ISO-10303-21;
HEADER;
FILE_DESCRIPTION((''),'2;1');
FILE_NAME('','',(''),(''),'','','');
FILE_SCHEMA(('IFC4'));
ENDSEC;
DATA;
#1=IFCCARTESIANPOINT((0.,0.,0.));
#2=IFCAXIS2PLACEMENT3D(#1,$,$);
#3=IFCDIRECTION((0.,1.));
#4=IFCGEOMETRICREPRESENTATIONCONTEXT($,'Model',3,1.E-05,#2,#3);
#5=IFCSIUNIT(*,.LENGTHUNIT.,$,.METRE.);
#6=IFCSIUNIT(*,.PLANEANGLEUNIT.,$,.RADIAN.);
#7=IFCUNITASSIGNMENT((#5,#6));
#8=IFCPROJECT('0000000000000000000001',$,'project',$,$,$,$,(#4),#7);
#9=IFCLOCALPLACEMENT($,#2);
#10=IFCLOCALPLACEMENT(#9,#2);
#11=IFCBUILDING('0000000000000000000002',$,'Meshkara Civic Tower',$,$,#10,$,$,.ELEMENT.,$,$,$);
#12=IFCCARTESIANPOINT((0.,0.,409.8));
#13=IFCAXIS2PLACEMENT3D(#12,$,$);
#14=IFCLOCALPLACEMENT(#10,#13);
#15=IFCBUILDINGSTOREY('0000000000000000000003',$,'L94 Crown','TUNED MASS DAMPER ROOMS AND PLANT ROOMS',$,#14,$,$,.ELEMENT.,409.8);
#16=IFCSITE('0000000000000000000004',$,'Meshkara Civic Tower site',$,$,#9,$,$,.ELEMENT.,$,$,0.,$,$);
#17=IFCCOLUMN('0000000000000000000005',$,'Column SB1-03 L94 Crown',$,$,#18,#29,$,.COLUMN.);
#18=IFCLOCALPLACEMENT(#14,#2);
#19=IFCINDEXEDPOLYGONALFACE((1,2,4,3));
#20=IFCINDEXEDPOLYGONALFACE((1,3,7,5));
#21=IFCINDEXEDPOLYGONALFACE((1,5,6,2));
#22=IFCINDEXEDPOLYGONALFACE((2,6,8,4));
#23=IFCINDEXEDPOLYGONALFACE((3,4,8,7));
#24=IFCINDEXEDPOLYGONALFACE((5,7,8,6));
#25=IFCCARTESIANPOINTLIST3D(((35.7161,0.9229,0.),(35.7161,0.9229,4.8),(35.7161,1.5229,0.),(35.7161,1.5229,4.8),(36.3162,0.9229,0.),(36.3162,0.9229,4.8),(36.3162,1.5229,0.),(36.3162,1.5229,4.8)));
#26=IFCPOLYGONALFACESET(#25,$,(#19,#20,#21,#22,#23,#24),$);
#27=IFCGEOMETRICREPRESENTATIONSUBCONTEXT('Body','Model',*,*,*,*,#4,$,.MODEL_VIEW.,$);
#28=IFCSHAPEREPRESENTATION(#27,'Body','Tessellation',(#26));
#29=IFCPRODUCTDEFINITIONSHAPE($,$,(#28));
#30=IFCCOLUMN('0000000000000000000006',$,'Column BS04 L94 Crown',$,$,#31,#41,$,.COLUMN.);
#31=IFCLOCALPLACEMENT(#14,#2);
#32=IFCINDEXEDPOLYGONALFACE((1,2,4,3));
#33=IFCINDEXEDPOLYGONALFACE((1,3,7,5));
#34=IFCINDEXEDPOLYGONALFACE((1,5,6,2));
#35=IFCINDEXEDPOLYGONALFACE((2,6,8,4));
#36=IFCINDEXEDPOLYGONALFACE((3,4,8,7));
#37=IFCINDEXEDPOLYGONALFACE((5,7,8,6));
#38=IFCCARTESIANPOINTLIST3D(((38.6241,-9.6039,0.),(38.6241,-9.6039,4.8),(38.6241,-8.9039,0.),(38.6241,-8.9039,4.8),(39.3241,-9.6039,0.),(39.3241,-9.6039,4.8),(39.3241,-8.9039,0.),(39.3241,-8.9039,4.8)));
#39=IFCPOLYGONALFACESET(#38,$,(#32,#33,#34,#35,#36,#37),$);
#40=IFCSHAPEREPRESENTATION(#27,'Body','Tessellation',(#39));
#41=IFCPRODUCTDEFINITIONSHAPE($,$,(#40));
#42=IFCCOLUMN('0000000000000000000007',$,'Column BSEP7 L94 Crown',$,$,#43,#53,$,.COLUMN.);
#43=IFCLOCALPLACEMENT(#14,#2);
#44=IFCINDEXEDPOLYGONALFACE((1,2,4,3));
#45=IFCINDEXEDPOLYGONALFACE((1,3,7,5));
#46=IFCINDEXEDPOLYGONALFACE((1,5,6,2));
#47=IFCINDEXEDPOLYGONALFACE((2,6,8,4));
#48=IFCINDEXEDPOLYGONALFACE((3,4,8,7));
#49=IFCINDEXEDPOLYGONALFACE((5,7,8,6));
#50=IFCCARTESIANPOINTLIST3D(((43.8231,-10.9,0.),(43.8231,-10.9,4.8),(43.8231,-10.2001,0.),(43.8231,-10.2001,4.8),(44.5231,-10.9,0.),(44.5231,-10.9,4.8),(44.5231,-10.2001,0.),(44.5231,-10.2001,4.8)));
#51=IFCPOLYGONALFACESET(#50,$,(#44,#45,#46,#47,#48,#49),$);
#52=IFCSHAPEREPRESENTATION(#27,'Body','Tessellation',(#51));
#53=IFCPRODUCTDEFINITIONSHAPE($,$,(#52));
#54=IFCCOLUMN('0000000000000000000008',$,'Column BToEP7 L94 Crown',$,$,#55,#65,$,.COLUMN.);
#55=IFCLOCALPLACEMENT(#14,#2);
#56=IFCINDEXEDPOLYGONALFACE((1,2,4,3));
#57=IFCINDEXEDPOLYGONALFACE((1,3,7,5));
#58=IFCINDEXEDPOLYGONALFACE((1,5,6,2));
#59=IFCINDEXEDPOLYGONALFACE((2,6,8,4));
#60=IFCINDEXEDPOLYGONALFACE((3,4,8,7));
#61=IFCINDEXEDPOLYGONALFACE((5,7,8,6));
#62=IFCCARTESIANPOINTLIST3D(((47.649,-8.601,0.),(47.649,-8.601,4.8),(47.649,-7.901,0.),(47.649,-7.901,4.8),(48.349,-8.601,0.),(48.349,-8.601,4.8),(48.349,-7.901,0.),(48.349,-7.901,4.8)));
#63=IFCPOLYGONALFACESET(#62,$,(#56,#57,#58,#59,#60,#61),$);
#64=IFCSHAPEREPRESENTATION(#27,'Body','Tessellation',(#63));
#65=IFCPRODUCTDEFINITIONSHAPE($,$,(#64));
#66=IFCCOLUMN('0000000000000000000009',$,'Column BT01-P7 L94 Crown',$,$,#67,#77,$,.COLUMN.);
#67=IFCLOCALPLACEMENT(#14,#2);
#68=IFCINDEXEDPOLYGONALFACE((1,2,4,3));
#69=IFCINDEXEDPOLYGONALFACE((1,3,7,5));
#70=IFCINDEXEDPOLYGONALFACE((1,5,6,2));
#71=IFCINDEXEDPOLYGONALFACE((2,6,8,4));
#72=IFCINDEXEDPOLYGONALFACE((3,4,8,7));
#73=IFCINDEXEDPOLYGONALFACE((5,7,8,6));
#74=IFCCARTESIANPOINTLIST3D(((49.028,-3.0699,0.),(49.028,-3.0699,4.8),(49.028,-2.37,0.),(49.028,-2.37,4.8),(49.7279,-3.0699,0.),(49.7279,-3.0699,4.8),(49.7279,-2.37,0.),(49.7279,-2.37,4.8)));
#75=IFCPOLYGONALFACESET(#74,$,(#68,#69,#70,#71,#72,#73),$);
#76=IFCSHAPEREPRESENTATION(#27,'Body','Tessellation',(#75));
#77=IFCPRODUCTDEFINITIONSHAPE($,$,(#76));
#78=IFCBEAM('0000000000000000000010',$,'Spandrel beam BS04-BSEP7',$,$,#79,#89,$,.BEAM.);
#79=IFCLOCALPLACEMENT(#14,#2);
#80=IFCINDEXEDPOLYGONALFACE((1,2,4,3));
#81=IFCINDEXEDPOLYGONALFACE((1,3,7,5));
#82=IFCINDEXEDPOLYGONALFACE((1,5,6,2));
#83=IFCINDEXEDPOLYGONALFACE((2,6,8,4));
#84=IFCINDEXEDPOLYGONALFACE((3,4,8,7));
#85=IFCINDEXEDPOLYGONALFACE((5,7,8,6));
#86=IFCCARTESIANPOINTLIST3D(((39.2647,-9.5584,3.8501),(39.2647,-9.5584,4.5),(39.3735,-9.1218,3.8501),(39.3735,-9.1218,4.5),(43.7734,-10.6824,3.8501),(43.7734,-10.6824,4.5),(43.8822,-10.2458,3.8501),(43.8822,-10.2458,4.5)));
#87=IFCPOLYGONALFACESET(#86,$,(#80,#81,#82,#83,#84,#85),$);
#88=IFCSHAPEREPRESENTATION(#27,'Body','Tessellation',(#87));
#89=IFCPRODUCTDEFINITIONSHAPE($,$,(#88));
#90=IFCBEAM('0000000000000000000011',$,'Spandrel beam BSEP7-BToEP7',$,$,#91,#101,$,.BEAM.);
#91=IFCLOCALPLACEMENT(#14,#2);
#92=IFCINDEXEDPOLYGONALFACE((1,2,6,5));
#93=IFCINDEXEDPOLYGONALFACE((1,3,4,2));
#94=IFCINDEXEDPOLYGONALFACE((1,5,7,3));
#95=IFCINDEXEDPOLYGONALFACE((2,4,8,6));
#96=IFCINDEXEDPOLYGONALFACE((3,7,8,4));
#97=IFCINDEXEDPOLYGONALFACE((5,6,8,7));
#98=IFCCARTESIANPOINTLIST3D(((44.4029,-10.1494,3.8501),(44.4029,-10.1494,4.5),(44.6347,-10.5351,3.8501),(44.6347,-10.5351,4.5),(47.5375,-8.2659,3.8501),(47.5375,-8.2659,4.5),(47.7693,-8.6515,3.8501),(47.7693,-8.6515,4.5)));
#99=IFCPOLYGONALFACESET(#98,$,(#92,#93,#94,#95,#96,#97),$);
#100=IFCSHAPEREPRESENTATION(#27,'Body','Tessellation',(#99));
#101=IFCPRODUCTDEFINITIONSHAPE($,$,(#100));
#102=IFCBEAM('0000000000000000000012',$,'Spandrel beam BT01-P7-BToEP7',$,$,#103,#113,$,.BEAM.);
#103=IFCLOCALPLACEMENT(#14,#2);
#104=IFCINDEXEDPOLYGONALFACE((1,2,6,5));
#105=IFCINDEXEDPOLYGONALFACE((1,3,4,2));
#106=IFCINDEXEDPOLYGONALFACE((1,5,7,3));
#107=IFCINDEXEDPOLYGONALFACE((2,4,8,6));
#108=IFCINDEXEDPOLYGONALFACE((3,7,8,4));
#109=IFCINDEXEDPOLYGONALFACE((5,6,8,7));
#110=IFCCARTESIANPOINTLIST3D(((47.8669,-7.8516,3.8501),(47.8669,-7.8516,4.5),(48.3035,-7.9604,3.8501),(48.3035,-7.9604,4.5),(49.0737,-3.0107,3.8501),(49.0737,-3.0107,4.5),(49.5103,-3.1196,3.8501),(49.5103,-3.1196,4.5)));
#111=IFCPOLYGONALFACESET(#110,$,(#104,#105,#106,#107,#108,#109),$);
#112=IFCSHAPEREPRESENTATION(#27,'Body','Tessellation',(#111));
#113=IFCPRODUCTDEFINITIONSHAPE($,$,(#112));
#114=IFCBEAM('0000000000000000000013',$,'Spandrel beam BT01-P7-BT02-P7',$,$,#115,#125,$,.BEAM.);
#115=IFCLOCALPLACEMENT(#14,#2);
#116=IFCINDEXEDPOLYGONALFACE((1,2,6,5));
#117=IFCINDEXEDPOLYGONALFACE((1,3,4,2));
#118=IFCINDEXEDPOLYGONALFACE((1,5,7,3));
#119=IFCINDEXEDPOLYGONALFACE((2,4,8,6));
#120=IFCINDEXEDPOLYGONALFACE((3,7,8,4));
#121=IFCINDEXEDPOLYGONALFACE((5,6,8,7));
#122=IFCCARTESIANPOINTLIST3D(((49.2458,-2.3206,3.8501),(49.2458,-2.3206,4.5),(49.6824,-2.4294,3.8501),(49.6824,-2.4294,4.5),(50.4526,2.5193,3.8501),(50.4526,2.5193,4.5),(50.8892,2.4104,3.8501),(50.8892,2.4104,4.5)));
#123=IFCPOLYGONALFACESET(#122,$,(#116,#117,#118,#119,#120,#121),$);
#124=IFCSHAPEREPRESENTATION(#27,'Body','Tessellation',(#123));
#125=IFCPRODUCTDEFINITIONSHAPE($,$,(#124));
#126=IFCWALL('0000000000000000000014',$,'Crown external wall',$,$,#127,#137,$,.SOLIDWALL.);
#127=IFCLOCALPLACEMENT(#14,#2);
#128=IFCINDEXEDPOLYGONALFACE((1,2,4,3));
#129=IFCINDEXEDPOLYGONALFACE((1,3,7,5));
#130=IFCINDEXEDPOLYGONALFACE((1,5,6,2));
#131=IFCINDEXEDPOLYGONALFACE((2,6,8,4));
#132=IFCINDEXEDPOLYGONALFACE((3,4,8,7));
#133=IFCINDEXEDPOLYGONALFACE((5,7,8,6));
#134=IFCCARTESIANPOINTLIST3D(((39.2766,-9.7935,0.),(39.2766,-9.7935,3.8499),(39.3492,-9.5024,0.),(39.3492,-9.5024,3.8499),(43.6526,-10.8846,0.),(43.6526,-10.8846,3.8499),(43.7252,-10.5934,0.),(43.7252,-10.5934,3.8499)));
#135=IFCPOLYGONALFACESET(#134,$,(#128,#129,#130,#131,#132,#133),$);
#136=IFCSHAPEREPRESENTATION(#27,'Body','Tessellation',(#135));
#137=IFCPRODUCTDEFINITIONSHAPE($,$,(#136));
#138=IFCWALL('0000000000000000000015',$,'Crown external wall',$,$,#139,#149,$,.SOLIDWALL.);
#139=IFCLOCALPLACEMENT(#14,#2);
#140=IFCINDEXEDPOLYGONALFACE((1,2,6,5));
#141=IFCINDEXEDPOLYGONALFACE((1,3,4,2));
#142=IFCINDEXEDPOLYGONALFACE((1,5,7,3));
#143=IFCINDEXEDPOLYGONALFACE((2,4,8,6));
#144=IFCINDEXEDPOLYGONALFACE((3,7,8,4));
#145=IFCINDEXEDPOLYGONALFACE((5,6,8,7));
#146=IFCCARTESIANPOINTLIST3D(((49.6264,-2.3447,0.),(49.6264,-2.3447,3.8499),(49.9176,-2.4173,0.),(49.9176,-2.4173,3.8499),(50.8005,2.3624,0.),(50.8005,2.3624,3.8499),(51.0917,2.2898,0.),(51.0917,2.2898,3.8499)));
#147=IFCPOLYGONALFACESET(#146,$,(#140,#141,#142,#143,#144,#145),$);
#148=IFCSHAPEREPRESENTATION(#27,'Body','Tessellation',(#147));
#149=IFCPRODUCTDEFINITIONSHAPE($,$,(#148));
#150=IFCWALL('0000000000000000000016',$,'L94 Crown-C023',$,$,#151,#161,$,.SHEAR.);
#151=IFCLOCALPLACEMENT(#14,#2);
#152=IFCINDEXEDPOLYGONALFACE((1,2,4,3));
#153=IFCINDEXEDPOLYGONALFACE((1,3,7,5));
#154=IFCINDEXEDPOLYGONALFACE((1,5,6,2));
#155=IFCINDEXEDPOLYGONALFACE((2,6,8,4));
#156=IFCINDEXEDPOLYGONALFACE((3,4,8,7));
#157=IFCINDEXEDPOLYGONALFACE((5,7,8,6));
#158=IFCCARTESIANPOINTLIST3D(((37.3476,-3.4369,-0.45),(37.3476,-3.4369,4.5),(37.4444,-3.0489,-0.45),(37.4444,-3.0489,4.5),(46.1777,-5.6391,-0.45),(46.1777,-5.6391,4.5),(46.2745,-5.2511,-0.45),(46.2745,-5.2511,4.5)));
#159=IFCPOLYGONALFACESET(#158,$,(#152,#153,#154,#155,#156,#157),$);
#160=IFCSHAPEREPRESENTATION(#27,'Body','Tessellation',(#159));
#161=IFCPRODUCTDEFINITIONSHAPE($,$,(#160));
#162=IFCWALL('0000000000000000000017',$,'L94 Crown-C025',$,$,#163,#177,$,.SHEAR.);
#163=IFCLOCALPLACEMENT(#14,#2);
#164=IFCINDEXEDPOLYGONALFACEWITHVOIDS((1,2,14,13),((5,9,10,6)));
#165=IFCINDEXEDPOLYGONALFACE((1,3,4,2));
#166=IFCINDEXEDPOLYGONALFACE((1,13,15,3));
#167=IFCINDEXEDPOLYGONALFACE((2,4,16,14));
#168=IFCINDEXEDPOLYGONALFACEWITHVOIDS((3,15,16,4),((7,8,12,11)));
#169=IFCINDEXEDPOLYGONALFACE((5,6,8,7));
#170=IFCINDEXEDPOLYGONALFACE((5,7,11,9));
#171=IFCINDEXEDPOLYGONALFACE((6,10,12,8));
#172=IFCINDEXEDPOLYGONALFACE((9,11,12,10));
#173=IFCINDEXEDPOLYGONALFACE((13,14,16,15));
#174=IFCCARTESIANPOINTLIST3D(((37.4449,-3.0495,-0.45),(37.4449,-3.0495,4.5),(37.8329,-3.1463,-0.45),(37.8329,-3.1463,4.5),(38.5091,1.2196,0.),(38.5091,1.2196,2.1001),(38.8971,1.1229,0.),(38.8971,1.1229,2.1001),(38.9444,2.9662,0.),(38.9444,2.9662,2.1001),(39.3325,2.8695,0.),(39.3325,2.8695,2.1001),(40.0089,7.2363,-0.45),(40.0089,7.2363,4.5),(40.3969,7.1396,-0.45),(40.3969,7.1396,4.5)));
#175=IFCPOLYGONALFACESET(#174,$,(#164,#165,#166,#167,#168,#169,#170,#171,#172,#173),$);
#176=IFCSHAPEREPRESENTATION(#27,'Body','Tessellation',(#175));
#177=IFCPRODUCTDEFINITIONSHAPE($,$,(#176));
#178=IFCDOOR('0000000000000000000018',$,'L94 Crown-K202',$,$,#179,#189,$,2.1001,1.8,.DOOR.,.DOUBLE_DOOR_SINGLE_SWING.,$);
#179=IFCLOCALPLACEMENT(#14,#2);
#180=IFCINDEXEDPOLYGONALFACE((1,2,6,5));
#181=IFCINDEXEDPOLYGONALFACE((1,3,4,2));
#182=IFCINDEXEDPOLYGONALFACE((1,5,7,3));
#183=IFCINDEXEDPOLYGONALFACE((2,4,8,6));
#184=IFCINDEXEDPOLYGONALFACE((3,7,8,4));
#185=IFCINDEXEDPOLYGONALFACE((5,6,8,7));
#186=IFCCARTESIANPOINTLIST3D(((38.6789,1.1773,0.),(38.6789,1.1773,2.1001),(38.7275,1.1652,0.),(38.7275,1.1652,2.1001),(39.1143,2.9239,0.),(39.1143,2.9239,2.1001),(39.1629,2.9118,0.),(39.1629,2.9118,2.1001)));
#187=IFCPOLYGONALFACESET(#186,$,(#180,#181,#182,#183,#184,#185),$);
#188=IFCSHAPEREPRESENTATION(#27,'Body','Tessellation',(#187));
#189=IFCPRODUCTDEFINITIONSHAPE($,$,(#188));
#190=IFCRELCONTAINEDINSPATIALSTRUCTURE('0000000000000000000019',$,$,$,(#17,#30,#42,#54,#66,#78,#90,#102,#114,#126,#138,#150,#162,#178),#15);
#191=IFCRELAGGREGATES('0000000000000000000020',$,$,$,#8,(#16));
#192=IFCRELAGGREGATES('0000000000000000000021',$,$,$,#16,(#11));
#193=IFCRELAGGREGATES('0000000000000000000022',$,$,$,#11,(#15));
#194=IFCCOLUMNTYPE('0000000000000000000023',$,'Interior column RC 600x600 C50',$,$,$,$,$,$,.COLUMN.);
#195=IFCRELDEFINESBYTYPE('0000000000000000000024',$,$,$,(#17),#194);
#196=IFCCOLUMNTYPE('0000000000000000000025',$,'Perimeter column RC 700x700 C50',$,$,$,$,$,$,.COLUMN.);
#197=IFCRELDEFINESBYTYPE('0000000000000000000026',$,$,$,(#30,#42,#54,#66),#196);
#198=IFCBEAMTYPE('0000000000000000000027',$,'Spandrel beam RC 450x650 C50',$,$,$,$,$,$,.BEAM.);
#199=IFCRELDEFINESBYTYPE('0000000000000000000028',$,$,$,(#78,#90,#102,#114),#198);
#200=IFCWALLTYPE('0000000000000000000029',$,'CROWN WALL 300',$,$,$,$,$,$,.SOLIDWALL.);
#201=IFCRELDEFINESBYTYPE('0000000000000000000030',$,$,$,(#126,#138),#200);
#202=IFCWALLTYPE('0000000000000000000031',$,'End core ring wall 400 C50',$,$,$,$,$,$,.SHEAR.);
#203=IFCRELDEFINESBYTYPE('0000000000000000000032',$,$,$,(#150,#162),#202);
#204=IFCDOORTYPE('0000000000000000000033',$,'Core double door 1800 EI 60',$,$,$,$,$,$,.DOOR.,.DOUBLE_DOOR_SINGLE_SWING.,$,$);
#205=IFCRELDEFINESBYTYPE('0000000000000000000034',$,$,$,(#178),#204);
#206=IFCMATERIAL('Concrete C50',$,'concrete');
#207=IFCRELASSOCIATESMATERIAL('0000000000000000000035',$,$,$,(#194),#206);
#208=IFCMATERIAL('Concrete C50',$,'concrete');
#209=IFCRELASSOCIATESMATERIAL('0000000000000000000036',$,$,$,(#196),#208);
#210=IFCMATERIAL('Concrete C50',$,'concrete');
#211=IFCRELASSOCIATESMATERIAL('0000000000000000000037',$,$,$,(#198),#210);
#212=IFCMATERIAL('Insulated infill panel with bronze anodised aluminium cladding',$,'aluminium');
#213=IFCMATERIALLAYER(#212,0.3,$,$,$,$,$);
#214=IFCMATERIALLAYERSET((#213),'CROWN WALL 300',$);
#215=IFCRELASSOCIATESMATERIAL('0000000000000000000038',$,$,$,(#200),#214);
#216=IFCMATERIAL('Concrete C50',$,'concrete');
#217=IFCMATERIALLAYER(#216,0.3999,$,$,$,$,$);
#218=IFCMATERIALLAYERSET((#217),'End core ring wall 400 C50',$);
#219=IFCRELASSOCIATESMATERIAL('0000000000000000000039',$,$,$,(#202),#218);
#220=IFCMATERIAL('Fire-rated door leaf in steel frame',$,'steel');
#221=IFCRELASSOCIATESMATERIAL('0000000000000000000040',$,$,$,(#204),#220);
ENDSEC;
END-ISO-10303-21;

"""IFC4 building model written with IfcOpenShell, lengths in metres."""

from ifc_helpers import new_model, si_unit, direction, frame, frame_2d, origin, origin_2d, place, context, subcontext, project, spatial, rectangle, extrude, material, layer, layer_set, material_profile, profile_set, type_object, element, fill, save


model = new_model("IFC4")

# Units and contexts
model_context = context("Model", 3, precision=1e-05, world=origin(), true_north=direction((0.0, 1.0)))
body_context = subcontext(model_context, "Body", "Model", "MODEL_VIEW")
ifc_project = project(units=[si_unit("LENGTHUNIT", "METRE"), si_unit("PLANEANGLEUNIT", "RADIAN")], contexts=[model_context])

# Site, building, storey
site_placement = place(None, origin())
site = spatial("IfcSite", under=ifc_project, at=site_placement, Name="Meshkara Civic Tower site", CompositionType="ELEMENT", RefElevation=0.0)
building_placement = place(site_placement, origin())
building = spatial("IfcBuilding", under=site, at=building_placement, Name="Meshkara Civic Tower", CompositionType="ELEMENT")
storey_placement = place(building_placement, frame((0.0, 0.0, 409.8)))
storey = spatial("IfcBuildingStorey", under=building, at=storey_placement, Name="L94 Crown", Description="TUNED MASS DAMPER ROOMS AND PLANT ROOMS", CompositionType="ELEMENT", Elevation=409.8)

# Columns
ifc_material_1 = material(Name="Concrete C50", Category="concrete")
ifc_material_profile_1 = material_profile(ifc_material_1, rectangle(XDim=0.6001, YDim=0.6001, at=origin_2d()))
ifc_profile_set_1 = profile_set([ifc_material_profile_1], Name="Concrete C50")
column_type_1 = type_object("IfcColumnType", Name="Interior column RC 600x600 C50", PredefinedType="COLUMN", material=ifc_profile_set_1)
column_placement = place(storey_placement, frame((36.0161, 1.2229, 0.0), z_axis=(0.0, 0.0, 1.0), x_axis=(1.0, 0.0, 0.0)))
element("IfcColumn", 1, at=column_placement, inside=storey, type_object=column_type_1, Name="Column SB1-03 L94 Crown", PredefinedType="COLUMN", context=body_context, shape_type="SweptSolid", body=[
    extrude(rectangle(XDim=0.6001, YDim=0.6001, at=origin_2d()), origin(), (0.0, 0.0, 1.0), 4.8),
])
ifc_material_2 = material(Name="Concrete C50", Category="concrete")
ifc_material_profile_2 = material_profile(ifc_material_2, rectangle(XDim=0.7, YDim=0.7, at=origin_2d()))
ifc_profile_set_2 = profile_set([ifc_material_profile_2], Name="Concrete C50")
column_type_2 = type_object("IfcColumnType", Name="Perimeter column RC 700x700 C50", PredefinedType="COLUMN", material=ifc_profile_set_2)
for number, where, z_axis, x_axis, name in (
    (2, (38.9741, -9.2539, 0.0), (0.0, 0.0, 1.0), (1.0, 0.0, 0.0), "Column BS04 L94 Crown"),
    (3, (44.1731, -10.55, 0.0), (0.0, 0.0, 1.0), (1.0, 0.0, 0.0), "Column BSEP7 L94 Crown"),
    (4, (47.999, -8.251, 0.0), (0.0, 0.0, 1.0), (1.0, 0.0, 0.0), "Column BToEP7 L94 Crown"),
    (5, (49.3779, -2.72, 0.0), (0.0, 0.0, 1.0), (1.0, 0.0, 0.0), "Column BT01-P7 L94 Crown"),
):
    element("IfcColumn", number, at=place(storey_placement, frame(where, z_axis=z_axis, x_axis=x_axis)), inside=storey, type_object=column_type_2, Name=name, PredefinedType="COLUMN", context=body_context, shape_type="SweptSolid", body=[
        extrude(rectangle(XDim=0.7, YDim=0.7, at=origin_2d()), origin(), (0.0, 0.0, 1.0), 4.8),
    ])

# Beams
ifc_material_3 = material(Name="Concrete C50", Category="concrete")
ifc_material_profile_3 = material_profile(ifc_material_3, rectangle(XDim=0.45, YDim=0.6499, at=origin_2d()))
ifc_profile_set_3 = profile_set([ifc_material_profile_3], Name="Concrete C50")
beam_type = type_object("IfcBeamType", Name="Spandrel beam RC 450x650 C50", PredefinedType="BEAM", material=ifc_profile_set_3)
beam_1_placement = place(storey_placement, frame((39.3191, -9.3401, 4.175), z_axis=(0.970303, -0.241893, 0.0), x_axis=(0.241893, 0.970303, 0.0)))
element("IfcBeam", 6, at=beam_1_placement, inside=storey, type_object=beam_type, Name="Spandrel beam BS04-BSEP7", PredefinedType="BEAM", context=body_context, shape_type="SweptSolid", body=[
    extrude(rectangle(XDim=0.45, YDim=0.6499, at=origin_2d()), origin(), (0.0, 0.0, 1.0), 4.6467),
])
beam_2_placement = place(storey_placement, frame((44.5188, -10.3423, 4.175), z_axis=(0.857151, 0.515065, 0.0), x_axis=(-0.515065, 0.857151, 0.0)))
element("IfcBeam", 7, at=beam_2_placement, inside=storey, type_object=beam_type, Name="Spandrel beam BSEP7-BToEP7", PredefinedType="BEAM", context=body_context, shape_type="SweptSolid", body=[
    extrude(rectangle(XDim=0.45, YDim=0.6499, at=origin_2d()), origin(), (0.0, 0.0, 1.0), 3.657),
])
beam_3_placement = place(storey_placement, frame((48.0852, -7.906, 4.175), z_axis=(0.241891, 0.970303, 0.0), x_axis=(-0.970303, 0.241891, 0.0)))
element("IfcBeam", 8, at=beam_3_placement, inside=storey, type_object=beam_type, Name="Spandrel beam BT01-P7-BToEP7", PredefinedType="BEAM", context=body_context, shape_type="SweptSolid", body=[
    extrude(rectangle(XDim=0.45, YDim=0.6499, at=origin_2d()), origin(), (0.0, 0.0, 1.0), 4.989),
])
beam_4_placement = place(storey_placement, frame((49.4641, -2.375, 4.175), z_axis=(0.241937, 0.970292, 0.0), x_axis=(-0.970292, 0.241937, 0.0)))
element("IfcBeam", 9, at=beam_4_placement, inside=storey, type_object=beam_type, Name="Spandrel beam BT01-P7-BT02-P7", PredefinedType="BEAM", context=body_context, shape_type="SweptSolid", body=[
    extrude(rectangle(XDim=0.45, YDim=0.6499, at=origin_2d()), origin(), (0.0, 0.0, 1.0), 4.988),
])

# Wall
ifc_material_4 = material(Name="Insulated infill panel with bronze anodised aluminium cladding", Category="aluminium")
ifc_layer_1 = layer(ifc_material_4, 0.3)
ifc_layer_set_1 = layer_set([ifc_layer_1], Name="CROWN WALL 300")
wall_type_1 = type_object("IfcWallType", Name="CROWN WALL 300", PredefinedType="SOLIDWALL", material=ifc_layer_set_1)
wall_1_placement = place(storey_placement, frame((39.313, -9.6479, 0.0), z_axis=(0.0, 0.0, 1.0), x_axis=(0.970295, -0.241924, 0.0)))
element("IfcWall", 10, at=wall_1_placement, inside=storey, type_object=wall_type_1, Name="Crown external wall", PredefinedType="SOLIDWALL", context=body_context, shape_type="SweptSolid", body=[
    extrude(rectangle(XDim=4.51, YDim=0.3, at=frame_2d((2.2549, 0.0))), origin(), (0.0, 0.0, 1.0), 3.8499),
])

# Walls
wall_2_placement = place(storey_placement, frame((49.772, -2.3811, 0.0), z_axis=(0.0, 0.0, 1.0), x_axis=(0.242015, 0.970273, 0.0)))
element("IfcWall", 11, at=wall_2_placement, inside=storey, type_object=wall_type_1, Name="Crown external wall", PredefinedType="SOLIDWALL", context=body_context, shape_type="SweptSolid", body=[
    extrude(rectangle(XDim=4.8513, YDim=0.3, at=frame_2d((2.4258, 0.0))), origin(), (0.0, 0.0, 1.0), 3.8499),
])
ifc_material_5 = material(Name="Concrete C50", Category="concrete")
ifc_layer_2 = layer(ifc_material_5, 0.3999)
ifc_layer_set_2 = layer_set([ifc_layer_2], Name="End core ring wall 400 C50")
wall_type_2 = type_object("IfcWallType", Name="End core ring wall 400 C50", PredefinedType="SHEAR", material=ifc_layer_set_2)
wall_3_placement = place(storey_placement, frame((37.396, -3.2429, -0.45), z_axis=(0.0, 0.0, 1.0), x_axis=(0.970281, -0.24198, 0.0)))
element("IfcWall", 12, at=wall_3_placement, inside=storey, type_object=wall_type_2, Name="L94 Crown-C023", PredefinedType="SHEAR", context=body_context, shape_type="SweptSolid", body=[
    extrude(rectangle(XDim=9.1006, YDim=0.3999, at=frame_2d((4.5503, 0.0))), origin(), (0.0, 0.0, 1.0), 4.95),
])

# Wall, opening, door
wall_4_placement = place(storey_placement, frame((37.6389, -3.0979, -0.45), z_axis=(0.0, 0.0, 1.0), x_axis=(0.241869, 0.970309, 0.0)))
wall_4 = element("IfcWall", 13, at=wall_4_placement, inside=storey, type_object=wall_type_2, Name="L94 Crown-C025", PredefinedType="SHEAR", context=body_context, shape_type="SweptSolid", body=[
    extrude(rectangle(XDim=10.6006, YDim=0.3999, at=frame_2d((5.3003, 0.0))), origin(), (0.0, 0.0, 1.0), 4.95),
])
opening_1_placement = place(wall_4_placement, frame((4.3999, 0.0, 0.45)))
opening_1 = element("IfcOpeningElement", 14, at=opening_1_placement, cuts=wall_4, PredefinedType="OPENING", context=body_context, shape_type="SweptSolid", body=[
    extrude(rectangle(XDim=1.8, YDim=2.1001, at=frame_2d((0.8999, 1.05))), frame((0.0, 0.21, 0.0), z_axis=(0.0, -1.0, 0.0), x_axis=(1.0, 0.0, 0.0)), (0.0, 0.0, 1.0), 0.4199),
])
ifc_material_6 = material(Name="Fire-rated door leaf in steel frame", Category="steel")
door_type_1 = type_object("IfcDoorType", Name="Core double door 1800 EI 60", OperationType="DOUBLE_DOOR_SINGLE_SWING", PredefinedType="DOOR", material=ifc_material_6)
door_1_placement = place(opening_1_placement, origin())
door_1 = element("IfcDoor", 15, at=door_1_placement, inside=storey, type_object=door_type_1, Name="L94 Crown-K202", OperationType="DOUBLE_DOOR_SINGLE_SWING", OverallHeight=2.1001, OverallWidth=1.8, PredefinedType="DOOR", context=body_context, shape_type="SweptSolid", body=[
    extrude(rectangle(XDim=1.8, YDim=2.1001, at=frame_2d((0.8999, 1.05))), frame((0.0, 0.0249, 0.0), z_axis=(0.0, -1.0, 0.0), x_axis=(1.0, 0.0, 0.0)), (0.0, 0.0, 1.0), 0.05),
])
fill(opening_1, door_1)

save(model, "model.ifc")
